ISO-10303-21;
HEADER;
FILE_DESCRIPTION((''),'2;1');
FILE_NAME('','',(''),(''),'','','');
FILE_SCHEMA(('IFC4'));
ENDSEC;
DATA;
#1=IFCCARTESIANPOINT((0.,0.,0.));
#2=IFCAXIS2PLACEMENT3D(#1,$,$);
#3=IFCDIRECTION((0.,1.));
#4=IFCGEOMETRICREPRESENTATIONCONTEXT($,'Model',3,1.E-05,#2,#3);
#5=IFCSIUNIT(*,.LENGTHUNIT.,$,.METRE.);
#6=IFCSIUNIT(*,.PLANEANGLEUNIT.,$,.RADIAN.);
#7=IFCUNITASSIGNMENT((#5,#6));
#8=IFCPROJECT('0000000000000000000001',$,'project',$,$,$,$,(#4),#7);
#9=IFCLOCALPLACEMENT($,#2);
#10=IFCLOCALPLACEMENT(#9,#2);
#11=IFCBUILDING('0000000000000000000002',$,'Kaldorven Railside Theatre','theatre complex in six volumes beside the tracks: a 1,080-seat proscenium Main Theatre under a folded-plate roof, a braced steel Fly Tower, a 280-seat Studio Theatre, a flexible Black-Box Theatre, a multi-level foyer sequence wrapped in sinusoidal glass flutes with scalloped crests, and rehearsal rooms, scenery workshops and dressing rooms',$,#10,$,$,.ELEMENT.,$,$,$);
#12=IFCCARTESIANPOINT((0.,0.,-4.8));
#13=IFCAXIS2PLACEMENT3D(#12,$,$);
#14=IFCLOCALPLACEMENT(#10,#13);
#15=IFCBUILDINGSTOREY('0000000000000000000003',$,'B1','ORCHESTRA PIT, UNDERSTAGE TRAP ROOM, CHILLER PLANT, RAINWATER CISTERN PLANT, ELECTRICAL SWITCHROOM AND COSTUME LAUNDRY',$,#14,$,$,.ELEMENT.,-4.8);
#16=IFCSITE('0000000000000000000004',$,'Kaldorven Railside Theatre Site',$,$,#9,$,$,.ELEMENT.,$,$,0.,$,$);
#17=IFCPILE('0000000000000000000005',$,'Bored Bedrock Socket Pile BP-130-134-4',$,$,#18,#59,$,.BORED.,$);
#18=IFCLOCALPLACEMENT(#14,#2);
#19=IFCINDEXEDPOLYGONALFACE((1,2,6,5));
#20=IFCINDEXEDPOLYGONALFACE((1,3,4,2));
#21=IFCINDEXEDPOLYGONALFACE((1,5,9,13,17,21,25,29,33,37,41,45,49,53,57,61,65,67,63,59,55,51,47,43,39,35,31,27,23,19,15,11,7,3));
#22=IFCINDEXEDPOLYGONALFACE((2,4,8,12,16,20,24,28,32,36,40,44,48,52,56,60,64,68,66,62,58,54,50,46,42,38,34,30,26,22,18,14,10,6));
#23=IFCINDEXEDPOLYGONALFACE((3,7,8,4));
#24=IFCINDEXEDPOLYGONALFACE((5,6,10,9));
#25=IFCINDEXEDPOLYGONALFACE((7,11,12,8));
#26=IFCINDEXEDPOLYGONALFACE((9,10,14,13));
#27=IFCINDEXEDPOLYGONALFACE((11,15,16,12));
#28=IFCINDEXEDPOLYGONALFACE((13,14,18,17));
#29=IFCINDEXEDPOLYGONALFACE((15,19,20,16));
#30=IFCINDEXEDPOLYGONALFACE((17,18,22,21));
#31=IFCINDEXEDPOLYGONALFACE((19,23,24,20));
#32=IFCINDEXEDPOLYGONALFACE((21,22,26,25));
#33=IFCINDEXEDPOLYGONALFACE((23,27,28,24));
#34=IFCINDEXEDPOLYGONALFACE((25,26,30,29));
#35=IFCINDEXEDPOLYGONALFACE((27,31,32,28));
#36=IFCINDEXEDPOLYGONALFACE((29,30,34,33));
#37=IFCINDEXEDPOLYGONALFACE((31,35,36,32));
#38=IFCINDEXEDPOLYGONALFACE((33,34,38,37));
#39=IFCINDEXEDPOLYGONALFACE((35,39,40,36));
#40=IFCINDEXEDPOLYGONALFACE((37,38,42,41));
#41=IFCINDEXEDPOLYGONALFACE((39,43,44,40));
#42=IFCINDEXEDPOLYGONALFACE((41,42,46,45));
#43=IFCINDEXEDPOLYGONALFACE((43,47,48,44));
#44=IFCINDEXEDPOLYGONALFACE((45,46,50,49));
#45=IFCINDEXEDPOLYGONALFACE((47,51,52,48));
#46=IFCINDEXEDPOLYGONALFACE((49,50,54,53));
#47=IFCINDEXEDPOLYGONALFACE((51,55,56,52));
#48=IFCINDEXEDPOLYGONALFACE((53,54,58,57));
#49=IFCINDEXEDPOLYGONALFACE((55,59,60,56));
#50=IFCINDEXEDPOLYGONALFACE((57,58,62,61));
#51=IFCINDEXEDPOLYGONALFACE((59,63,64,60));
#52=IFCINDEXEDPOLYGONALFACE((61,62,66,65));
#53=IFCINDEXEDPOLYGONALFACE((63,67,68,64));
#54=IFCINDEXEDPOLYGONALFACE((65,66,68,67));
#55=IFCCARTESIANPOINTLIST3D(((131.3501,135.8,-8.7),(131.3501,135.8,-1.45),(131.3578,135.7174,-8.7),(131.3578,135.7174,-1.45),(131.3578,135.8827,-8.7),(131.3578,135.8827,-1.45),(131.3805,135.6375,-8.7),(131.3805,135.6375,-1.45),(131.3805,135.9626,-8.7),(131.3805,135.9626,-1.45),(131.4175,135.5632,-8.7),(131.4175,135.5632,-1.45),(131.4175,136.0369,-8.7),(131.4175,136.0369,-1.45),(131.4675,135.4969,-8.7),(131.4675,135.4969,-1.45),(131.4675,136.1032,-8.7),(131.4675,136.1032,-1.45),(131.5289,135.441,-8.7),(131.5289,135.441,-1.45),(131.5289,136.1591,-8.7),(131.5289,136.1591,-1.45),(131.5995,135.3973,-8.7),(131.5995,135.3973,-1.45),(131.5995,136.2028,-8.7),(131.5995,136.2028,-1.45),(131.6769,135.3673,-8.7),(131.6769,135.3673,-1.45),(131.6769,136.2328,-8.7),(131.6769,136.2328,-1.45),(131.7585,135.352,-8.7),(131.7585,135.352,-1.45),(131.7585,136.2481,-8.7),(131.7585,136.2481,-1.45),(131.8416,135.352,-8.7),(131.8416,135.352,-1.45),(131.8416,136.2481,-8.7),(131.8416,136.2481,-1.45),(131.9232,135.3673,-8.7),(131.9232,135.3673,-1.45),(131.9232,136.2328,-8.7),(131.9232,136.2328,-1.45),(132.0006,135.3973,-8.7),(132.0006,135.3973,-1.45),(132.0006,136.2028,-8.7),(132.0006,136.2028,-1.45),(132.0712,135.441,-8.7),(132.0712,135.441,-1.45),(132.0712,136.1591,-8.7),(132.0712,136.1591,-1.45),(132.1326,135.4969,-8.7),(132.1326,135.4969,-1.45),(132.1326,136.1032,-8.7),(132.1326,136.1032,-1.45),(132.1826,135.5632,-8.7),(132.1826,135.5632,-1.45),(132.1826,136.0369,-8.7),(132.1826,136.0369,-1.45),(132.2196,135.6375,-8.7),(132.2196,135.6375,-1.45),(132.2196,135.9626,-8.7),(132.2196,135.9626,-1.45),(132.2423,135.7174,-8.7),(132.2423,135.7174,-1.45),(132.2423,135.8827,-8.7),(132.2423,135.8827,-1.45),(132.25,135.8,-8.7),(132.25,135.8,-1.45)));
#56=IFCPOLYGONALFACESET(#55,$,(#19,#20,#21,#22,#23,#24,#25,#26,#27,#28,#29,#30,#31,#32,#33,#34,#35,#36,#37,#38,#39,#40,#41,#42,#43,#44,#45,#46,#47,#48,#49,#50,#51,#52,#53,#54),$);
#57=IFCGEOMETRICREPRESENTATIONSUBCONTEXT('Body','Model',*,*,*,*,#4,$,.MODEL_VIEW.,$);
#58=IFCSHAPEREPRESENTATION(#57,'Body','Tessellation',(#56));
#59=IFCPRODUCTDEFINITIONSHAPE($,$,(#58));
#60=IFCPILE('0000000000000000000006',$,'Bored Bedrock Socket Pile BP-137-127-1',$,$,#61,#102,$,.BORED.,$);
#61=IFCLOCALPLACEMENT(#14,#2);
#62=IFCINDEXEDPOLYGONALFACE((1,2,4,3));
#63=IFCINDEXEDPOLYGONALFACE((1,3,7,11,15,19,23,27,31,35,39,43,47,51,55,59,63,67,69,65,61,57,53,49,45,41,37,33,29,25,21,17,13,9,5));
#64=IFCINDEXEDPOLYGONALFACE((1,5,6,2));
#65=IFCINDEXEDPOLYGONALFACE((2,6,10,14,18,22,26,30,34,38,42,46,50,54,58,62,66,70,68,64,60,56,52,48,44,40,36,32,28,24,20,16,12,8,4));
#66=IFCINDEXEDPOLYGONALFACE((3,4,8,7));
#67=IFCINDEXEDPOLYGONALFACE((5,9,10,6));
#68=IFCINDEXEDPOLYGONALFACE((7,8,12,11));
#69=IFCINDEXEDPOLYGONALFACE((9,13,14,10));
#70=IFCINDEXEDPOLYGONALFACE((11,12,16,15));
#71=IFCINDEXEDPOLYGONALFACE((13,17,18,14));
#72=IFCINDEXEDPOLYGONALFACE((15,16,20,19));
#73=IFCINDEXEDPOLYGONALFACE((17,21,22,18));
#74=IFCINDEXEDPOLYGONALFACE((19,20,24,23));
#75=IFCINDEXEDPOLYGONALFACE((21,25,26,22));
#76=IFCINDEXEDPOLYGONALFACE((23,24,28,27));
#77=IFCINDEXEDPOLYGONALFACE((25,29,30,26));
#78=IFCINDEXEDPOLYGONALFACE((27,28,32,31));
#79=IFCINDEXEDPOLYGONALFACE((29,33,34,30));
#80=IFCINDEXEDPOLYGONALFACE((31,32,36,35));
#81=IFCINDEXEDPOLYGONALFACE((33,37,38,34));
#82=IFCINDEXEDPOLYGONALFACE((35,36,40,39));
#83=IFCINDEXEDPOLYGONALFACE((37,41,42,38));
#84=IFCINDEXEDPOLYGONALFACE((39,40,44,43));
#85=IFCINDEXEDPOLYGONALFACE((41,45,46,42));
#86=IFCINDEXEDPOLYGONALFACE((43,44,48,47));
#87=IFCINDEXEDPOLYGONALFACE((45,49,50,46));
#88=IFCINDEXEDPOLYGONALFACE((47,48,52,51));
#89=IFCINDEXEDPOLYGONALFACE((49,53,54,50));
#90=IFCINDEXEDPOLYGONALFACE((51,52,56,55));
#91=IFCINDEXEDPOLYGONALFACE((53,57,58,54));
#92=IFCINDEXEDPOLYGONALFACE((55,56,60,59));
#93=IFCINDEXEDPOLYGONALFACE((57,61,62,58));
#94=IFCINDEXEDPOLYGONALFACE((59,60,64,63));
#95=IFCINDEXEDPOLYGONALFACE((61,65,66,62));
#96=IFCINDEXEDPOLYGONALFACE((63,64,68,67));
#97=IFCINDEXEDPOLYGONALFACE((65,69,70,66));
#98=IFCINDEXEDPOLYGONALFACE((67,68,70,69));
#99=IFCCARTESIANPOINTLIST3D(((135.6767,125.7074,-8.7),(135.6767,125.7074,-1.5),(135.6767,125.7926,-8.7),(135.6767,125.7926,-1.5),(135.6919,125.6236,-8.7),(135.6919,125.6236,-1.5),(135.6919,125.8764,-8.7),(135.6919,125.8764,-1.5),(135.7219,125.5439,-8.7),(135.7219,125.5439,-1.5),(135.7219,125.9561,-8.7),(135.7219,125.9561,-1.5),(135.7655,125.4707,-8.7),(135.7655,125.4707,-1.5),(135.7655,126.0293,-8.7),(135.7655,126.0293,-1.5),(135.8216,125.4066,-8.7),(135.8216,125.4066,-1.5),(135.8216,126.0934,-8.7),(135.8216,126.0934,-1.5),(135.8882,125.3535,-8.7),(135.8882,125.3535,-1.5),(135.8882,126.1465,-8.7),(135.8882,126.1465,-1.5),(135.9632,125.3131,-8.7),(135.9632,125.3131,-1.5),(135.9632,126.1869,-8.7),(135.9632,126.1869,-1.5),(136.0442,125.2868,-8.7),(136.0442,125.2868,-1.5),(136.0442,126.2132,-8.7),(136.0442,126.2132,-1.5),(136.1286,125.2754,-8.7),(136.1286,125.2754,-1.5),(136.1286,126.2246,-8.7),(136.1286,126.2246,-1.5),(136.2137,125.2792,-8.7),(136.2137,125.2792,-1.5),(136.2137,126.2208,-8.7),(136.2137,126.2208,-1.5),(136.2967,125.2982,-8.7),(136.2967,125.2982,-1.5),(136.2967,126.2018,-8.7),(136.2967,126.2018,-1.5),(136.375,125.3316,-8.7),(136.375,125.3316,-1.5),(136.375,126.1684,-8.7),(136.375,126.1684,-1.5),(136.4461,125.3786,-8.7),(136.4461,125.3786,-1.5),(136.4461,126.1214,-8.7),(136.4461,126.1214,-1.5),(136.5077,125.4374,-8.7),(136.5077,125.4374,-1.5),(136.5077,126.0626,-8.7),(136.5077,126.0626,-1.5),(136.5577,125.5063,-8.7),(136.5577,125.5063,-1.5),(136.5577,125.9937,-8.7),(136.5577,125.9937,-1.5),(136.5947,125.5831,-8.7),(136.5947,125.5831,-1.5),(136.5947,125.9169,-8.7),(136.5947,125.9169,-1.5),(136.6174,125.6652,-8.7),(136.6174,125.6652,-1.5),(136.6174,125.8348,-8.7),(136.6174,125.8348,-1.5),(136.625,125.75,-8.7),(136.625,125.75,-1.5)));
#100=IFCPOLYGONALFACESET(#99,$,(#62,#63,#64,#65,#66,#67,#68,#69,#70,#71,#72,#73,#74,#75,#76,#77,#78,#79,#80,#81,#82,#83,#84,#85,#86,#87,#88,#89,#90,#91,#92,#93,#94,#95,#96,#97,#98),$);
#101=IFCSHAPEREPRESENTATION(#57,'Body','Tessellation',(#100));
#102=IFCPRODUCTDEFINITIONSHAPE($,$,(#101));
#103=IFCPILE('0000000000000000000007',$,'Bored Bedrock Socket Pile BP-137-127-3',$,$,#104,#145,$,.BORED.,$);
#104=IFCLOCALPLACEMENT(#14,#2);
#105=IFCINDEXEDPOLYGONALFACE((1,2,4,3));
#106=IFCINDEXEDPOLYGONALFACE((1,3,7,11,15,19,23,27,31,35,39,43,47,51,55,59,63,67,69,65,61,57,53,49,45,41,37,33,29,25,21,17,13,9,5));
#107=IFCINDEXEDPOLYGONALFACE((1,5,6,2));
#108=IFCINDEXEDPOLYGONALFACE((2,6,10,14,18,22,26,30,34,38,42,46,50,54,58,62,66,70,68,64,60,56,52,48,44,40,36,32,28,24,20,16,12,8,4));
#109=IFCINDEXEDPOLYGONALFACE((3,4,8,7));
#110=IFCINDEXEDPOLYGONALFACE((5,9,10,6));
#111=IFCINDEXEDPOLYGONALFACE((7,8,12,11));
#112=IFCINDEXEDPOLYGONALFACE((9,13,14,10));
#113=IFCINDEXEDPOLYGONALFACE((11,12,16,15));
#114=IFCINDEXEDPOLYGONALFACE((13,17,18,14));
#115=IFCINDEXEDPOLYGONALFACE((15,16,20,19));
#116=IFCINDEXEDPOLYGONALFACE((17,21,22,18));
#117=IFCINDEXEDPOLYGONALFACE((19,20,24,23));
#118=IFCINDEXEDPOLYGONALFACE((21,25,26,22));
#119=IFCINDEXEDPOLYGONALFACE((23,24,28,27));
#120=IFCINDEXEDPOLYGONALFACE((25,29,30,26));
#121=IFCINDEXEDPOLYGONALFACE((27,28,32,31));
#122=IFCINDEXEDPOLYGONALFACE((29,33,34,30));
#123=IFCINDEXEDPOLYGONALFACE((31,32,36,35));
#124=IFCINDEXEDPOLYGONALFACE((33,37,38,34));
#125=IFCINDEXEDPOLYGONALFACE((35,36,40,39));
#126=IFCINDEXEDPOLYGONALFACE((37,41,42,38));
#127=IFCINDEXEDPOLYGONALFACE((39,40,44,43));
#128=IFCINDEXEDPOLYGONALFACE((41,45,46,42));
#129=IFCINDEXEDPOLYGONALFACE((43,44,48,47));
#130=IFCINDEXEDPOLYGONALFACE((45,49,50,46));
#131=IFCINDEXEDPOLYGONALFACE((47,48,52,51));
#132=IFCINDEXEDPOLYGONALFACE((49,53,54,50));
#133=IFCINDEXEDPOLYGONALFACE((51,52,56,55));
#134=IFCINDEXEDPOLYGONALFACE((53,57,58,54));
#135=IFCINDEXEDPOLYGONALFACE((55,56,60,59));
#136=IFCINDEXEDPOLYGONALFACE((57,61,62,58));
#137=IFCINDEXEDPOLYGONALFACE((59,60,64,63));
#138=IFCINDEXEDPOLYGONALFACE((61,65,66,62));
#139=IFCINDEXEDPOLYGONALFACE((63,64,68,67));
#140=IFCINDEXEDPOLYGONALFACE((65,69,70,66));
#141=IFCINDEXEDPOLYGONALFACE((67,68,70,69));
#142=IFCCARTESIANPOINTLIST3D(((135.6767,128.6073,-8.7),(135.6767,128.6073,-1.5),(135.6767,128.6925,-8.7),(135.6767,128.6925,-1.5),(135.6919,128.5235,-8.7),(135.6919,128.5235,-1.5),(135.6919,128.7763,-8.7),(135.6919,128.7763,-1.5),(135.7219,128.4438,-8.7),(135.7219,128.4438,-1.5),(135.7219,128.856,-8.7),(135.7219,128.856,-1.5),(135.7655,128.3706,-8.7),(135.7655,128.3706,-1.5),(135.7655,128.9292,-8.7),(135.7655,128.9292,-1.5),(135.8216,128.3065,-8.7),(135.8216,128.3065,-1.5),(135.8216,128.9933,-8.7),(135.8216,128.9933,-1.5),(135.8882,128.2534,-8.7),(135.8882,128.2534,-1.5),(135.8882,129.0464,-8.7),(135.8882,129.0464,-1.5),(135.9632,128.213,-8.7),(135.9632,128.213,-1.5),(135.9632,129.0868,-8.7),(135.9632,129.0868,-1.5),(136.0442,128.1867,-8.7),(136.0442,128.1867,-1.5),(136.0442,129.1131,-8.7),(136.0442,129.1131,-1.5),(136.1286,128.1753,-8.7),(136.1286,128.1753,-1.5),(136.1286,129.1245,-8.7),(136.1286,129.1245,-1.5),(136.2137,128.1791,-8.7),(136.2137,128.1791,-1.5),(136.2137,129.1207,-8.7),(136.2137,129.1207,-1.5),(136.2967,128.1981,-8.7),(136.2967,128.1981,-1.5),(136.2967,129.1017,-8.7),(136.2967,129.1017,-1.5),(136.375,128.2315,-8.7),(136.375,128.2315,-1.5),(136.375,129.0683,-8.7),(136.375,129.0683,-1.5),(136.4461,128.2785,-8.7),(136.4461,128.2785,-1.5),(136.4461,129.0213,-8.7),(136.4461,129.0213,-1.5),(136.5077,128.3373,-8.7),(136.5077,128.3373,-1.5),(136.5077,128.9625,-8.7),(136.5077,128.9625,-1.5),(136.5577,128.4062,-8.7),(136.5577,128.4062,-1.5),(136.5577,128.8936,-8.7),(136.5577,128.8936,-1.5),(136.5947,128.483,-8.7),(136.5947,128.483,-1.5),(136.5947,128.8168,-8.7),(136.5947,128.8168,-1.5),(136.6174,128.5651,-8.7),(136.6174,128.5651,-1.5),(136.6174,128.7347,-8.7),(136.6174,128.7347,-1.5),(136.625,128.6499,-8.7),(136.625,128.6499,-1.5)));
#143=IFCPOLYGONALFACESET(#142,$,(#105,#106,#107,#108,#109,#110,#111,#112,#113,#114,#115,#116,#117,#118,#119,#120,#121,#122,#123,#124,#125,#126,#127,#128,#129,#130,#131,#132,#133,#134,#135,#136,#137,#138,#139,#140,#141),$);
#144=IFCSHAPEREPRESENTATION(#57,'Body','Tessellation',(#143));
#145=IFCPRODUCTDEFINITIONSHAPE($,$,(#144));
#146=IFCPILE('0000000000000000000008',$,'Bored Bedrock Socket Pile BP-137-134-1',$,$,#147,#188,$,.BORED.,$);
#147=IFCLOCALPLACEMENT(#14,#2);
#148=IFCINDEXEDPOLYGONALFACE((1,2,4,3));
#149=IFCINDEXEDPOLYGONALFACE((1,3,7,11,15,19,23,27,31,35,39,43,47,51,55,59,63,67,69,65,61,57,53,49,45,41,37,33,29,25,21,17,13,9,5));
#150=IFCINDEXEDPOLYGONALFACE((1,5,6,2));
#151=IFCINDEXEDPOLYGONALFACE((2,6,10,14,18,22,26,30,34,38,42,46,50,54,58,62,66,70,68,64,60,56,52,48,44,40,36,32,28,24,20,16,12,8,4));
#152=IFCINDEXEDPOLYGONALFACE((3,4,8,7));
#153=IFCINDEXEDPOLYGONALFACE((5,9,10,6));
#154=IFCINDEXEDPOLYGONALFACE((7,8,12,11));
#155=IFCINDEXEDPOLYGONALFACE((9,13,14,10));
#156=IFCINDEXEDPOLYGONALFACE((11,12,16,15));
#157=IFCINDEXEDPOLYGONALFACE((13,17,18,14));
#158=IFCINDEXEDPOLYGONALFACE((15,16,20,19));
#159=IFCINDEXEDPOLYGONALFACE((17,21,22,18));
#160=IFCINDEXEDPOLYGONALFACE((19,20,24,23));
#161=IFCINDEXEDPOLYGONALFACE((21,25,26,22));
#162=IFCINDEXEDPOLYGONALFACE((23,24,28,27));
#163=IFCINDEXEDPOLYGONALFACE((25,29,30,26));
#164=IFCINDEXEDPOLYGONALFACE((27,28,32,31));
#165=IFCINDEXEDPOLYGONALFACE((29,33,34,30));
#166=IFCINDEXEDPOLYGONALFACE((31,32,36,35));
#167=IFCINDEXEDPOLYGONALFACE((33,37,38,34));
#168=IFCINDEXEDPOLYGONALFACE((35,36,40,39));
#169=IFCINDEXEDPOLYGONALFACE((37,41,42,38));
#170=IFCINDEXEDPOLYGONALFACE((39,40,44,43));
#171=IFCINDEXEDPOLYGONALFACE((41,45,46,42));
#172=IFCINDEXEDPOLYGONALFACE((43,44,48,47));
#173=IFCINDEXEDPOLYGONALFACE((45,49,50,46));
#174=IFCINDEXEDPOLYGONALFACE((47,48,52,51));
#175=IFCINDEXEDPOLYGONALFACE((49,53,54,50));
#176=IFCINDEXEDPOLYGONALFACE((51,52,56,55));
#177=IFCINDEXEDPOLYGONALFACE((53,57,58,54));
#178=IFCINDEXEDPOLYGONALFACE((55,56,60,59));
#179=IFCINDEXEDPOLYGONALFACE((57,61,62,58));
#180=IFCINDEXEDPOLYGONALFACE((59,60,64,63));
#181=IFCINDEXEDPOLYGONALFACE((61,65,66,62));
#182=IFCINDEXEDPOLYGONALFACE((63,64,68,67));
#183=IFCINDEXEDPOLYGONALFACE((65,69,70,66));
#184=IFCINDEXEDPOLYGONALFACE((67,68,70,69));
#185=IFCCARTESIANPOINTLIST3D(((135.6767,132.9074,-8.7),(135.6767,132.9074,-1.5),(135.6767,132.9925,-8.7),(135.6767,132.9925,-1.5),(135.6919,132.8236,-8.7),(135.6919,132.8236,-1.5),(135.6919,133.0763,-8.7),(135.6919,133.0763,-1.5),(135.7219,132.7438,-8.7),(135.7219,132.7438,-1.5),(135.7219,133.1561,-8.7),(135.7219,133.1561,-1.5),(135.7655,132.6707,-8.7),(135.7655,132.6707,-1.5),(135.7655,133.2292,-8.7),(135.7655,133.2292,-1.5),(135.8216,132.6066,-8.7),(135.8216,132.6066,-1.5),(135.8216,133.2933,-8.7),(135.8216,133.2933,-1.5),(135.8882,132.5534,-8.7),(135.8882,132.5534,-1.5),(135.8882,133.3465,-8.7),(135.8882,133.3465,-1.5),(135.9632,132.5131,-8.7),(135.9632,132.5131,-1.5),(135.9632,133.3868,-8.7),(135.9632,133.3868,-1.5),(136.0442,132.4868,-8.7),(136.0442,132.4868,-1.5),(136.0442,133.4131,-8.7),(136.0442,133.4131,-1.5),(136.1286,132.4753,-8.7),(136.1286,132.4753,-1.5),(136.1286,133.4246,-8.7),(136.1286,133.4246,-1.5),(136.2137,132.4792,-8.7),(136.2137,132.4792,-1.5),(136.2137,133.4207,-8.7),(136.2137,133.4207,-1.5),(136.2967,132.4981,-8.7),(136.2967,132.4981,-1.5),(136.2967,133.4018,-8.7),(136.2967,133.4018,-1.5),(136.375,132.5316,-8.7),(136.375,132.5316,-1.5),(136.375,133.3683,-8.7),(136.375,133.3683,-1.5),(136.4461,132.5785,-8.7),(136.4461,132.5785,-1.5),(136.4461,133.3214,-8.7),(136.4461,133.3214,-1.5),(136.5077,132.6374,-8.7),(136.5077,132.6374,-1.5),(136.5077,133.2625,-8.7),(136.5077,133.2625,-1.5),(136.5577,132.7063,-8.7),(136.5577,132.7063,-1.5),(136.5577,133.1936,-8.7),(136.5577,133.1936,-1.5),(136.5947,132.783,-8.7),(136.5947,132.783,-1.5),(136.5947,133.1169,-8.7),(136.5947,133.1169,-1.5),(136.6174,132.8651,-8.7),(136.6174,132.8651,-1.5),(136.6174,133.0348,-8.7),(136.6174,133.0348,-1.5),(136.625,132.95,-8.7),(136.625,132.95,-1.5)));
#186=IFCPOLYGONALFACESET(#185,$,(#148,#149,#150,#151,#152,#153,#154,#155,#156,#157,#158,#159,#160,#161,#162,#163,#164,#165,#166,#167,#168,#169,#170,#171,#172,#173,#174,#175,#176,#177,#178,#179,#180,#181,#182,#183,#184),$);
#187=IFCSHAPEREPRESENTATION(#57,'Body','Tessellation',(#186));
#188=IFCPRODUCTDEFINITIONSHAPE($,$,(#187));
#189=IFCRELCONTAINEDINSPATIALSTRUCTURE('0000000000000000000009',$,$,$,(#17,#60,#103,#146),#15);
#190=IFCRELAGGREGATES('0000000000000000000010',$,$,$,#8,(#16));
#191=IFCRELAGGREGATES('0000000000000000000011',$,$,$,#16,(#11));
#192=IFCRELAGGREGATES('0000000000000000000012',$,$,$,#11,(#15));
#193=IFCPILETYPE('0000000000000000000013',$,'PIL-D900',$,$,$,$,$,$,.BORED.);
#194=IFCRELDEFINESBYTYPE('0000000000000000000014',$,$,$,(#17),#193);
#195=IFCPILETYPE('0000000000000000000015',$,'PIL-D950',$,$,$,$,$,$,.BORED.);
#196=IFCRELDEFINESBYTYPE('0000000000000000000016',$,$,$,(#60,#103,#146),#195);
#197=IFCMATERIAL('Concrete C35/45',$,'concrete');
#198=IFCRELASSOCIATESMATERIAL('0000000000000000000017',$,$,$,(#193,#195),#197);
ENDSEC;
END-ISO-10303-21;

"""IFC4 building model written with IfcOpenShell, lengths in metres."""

from ifc_helpers import new_model, si_unit, direction, frame, origin, origin_2d, place, context, subcontext, project, spatial, circle, extrude, material, material_profile, profile_set, type_object, element, save


model = new_model("IFC4")

# Units and contexts
model_context = context("Model", 3, precision=1e-05, world=origin(), true_north=direction((0.0, 1.0)))
body_context = subcontext(model_context, "Body", "Model", "MODEL_VIEW")
ifc_project = project(units=[si_unit("LENGTHUNIT", "METRE"), si_unit("PLANEANGLEUNIT", "RADIAN")], contexts=[model_context])

# Site, building, storey
site_placement = place(None, origin())
site = spatial("IfcSite", under=ifc_project, at=site_placement, Name="Kaldorven Railside Theatre Site", CompositionType="ELEMENT", RefElevation=0.0)
building_placement = place(site_placement, origin())
building = spatial("IfcBuilding", under=site, at=building_placement, Name="Kaldorven Railside Theatre", Description="theatre complex in six volumes beside the tracks: a 1,080-seat proscenium Main Theatre under a folded-plate roof, a braced steel Fly Tower, a 280-seat Studio Theatre, a flexible Black-Box Theatre, a multi-level foyer sequence wrapped in sinusoidal glass flutes with scalloped crests, and rehearsal rooms, scenery workshops and dressing rooms", CompositionType="ELEMENT")
storey_placement = place(building_placement, frame((0.0, 0.0, -4.8)))
storey = spatial("IfcBuildingStorey", under=building, at=storey_placement, Name="B1", Description="ORCHESTRA PIT, UNDERSTAGE TRAP ROOM, CHILLER PLANT, RAINWATER CISTERN PLANT, ELECTRICAL SWITCHROOM AND COSTUME LAUNDRY", CompositionType="ELEMENT", Elevation=-4.8)

# Piles
ifc_material_1 = material(Name="Concrete C35/45", Category="concrete")
ifc_material_profile_1 = material_profile(ifc_material_1, circle(Radius=0.45, at=origin_2d()), Name="BP D900")
ifc_profile_set_1 = profile_set([ifc_material_profile_1], Name="Concrete C35/45")
pile_type_1 = type_object("IfcPileType", Name="PIL-D900", PredefinedType="BORED", material=ifc_profile_set_1)
for number, where, z_axis, x_axis, name in (
    (1, (131.8, 135.8, -1.45), (0.0, 0.0, -1.0), (1.0, 0.0, 0.0), "Bored Bedrock Socket Pile BP-130-134-4"),
):
    element("IfcPile", number, at=place(storey_placement, frame(where, z_axis=z_axis, x_axis=x_axis)), inside=storey, type_object=pile_type_1, Name=name, PredefinedType="BORED", context=body_context, shape_type="SweptSolid", body=[
        extrude(circle(Radius=0.45, at=origin_2d()), origin(), (0.0, 0.0, 1.0), 7.25),
    ])
ifc_material_profile_2 = material_profile(ifc_material_1, circle(Radius=0.4751, at=origin_2d()), Name="BP D950")
ifc_profile_set_2 = profile_set([ifc_material_profile_2], Name="Concrete C35/45")
pile_type_2 = type_object("IfcPileType", Name="PIL-D950", PredefinedType="BORED", material=ifc_profile_set_2)
for number, where, z_axis, x_axis, name in (
    (2, (136.1499, 125.75, -1.5), (0.0, 0.0, -1.0), (1.0, 0.0, 0.0), "Bored Bedrock Socket Pile BP-137-127-1"),
    (3, (136.1499, 128.6499, -1.5), (0.0, 0.0, -1.0), (1.0, 0.0, 0.0), "Bored Bedrock Socket Pile BP-137-127-3"),
    (4, (136.1499, 132.95, -1.5), (0.0, 0.0, -1.0), (1.0, 0.0, 0.0), "Bored Bedrock Socket Pile BP-137-134-1"),
):
    element("IfcPile", number, at=place(storey_placement, frame(where, z_axis=z_axis, x_axis=x_axis)), inside=storey, type_object=pile_type_2, Name=name, PredefinedType="BORED", context=body_context, shape_type="SweptSolid", body=[
        extrude(circle(Radius=0.4751, at=origin_2d()), origin(), (0.0, 0.0, 1.0), 7.2),
    ])

save(model, "model.ifc")
